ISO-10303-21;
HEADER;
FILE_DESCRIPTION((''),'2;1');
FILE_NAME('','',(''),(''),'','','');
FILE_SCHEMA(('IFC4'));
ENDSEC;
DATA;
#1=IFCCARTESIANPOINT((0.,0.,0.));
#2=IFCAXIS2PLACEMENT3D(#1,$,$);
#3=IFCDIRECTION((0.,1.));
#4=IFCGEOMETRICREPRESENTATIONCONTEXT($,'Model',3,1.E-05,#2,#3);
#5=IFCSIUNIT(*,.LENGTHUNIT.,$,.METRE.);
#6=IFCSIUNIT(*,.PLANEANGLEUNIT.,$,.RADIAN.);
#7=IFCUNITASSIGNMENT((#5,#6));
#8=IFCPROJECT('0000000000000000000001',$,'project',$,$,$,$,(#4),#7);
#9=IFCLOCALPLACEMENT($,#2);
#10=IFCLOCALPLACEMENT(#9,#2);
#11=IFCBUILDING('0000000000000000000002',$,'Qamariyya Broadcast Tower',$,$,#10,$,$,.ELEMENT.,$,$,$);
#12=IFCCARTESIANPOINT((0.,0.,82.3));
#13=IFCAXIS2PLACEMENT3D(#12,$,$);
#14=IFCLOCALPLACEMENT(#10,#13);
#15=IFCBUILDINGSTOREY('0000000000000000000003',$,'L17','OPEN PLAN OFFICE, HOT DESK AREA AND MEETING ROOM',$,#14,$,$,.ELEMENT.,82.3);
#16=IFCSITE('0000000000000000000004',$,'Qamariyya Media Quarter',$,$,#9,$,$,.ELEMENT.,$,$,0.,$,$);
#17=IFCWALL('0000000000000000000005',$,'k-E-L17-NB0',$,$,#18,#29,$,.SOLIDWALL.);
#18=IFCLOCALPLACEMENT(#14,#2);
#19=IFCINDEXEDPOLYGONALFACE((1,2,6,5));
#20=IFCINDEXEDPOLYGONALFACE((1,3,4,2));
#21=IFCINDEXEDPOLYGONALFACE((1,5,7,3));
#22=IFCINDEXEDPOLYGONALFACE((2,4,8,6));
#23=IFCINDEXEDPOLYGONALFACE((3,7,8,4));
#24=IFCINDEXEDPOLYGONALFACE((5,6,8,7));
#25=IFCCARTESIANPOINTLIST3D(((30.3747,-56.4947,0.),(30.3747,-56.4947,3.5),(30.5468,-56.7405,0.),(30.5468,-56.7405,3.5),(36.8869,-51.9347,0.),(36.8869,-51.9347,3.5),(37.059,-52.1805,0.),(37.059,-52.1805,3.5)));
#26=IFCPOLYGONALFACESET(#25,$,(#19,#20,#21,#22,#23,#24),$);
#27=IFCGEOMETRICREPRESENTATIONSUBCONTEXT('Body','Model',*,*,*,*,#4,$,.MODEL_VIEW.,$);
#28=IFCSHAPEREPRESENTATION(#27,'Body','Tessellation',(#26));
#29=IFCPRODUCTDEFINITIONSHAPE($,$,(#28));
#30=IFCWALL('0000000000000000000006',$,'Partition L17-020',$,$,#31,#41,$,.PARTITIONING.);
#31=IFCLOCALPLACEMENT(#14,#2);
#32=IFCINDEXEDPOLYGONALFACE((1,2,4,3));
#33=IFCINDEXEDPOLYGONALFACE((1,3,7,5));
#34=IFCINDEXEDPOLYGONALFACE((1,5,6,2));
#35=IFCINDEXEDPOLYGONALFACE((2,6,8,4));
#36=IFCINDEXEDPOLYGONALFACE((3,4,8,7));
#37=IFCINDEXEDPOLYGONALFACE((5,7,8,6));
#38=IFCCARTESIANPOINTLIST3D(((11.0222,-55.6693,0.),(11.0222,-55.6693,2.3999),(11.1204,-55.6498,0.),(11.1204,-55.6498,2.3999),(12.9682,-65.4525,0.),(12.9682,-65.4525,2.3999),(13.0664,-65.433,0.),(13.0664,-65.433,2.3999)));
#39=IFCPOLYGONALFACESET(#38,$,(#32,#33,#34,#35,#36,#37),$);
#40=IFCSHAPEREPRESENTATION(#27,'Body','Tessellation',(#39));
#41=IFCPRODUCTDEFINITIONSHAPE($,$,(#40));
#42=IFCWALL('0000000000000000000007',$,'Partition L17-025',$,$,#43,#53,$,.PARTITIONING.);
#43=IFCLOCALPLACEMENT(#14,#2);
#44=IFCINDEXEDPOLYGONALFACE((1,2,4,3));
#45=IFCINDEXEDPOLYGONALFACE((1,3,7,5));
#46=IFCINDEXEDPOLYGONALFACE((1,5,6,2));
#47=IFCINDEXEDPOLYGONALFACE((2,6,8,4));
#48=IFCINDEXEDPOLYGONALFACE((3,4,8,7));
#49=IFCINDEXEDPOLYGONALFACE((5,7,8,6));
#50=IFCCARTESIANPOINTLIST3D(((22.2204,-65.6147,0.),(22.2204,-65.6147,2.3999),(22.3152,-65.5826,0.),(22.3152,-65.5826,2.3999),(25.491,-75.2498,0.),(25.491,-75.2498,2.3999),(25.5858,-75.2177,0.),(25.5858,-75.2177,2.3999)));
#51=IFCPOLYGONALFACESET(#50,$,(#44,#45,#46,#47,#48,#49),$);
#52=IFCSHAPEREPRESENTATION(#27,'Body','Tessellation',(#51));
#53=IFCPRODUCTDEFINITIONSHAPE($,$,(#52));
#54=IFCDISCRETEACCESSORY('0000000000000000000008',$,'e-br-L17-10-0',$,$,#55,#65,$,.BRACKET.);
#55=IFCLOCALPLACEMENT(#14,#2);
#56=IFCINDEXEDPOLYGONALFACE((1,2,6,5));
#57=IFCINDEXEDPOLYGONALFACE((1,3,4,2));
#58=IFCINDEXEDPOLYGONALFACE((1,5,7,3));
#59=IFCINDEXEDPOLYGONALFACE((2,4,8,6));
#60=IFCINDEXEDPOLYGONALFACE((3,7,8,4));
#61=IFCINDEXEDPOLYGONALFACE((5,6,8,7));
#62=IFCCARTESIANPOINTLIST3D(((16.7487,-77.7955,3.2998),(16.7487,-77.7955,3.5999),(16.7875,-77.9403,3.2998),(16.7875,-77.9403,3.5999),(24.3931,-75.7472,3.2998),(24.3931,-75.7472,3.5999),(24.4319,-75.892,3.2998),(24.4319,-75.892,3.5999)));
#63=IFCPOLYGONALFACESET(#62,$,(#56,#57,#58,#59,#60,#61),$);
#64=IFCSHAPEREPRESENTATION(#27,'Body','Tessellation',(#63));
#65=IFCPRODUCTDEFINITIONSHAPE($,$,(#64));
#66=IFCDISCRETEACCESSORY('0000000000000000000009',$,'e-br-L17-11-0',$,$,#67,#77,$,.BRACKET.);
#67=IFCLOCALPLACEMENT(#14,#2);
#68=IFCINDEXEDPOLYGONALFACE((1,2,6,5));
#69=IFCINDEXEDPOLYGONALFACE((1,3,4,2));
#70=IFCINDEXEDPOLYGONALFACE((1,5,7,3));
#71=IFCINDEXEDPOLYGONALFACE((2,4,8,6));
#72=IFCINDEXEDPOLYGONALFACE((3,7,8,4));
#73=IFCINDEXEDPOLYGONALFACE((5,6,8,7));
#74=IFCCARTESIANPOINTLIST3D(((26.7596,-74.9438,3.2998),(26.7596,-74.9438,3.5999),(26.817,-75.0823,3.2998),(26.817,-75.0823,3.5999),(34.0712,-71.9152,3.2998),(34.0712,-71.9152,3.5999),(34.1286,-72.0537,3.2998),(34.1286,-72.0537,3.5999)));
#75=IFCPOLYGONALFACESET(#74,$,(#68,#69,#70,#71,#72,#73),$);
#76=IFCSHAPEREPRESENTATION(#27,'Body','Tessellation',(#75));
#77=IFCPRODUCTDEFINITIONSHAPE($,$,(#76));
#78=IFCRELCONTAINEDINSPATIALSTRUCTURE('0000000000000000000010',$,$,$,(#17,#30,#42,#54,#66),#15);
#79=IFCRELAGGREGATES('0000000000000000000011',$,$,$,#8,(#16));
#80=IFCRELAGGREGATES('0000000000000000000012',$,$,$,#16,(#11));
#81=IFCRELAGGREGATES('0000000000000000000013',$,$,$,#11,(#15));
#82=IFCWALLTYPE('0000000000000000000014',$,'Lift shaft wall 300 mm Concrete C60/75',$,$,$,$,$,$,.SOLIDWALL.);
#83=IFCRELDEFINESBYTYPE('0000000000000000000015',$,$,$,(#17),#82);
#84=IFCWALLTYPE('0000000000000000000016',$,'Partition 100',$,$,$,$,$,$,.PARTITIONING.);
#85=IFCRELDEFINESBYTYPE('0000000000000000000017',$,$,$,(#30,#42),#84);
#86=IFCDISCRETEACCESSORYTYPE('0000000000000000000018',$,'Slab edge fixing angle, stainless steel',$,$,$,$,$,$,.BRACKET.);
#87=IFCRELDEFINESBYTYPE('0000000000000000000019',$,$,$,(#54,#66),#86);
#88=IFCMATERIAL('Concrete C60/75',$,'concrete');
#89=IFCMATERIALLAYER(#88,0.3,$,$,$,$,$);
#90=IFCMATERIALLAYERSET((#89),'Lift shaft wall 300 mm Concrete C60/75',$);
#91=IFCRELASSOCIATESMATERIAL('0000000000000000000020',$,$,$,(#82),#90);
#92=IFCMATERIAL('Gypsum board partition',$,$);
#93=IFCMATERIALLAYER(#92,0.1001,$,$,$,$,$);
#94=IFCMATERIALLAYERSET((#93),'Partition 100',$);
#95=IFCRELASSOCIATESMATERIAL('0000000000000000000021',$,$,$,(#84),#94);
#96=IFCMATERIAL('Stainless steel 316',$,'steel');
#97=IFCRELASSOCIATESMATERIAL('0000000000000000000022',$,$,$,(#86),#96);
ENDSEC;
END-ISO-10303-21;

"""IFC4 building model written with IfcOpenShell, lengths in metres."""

from ifc_helpers import new_model, si_unit, direction, frame, frame_2d, origin, origin_2d, place, context, subcontext, project, spatial, rectangle, extrude, material, layer, layer_set, type_object, element, save


model = new_model("IFC4")

# Units and contexts
model_context = context("Model", 3, precision=1e-05, world=origin(), true_north=direction((0.0, 1.0)))
body_context = subcontext(model_context, "Body", "Model", "MODEL_VIEW")
ifc_project = project(units=[si_unit("LENGTHUNIT", "METRE"), si_unit("PLANEANGLEUNIT", "RADIAN")], contexts=[model_context])

# Site, building, storey
site_placement = place(None, origin())
site = spatial("IfcSite", under=ifc_project, at=site_placement, Name="Qamariyya Media Quarter", CompositionType="ELEMENT", RefElevation=0.0)
building_placement = place(site_placement, origin())
building = spatial("IfcBuilding", under=site, at=building_placement, Name="Qamariyya Broadcast Tower", CompositionType="ELEMENT")
storey_placement = place(building_placement, frame((0.0, 0.0, 82.3)))
storey = spatial("IfcBuildingStorey", under=building, at=storey_placement, Name="L17", Description="OPEN PLAN OFFICE, HOT DESK AREA AND MEETING ROOM", CompositionType="ELEMENT", Elevation=82.3)

# Shared definitions
ifc_material_1 = material(Name="Gypsum board partition")

# Walls
ifc_material_2 = material(Name="Concrete C60/75", Category="concrete")
ifc_layer_1 = layer(ifc_material_2, 0.3)
ifc_layer_set_1 = layer_set([ifc_layer_1], Name="Lift shaft wall 300 mm Concrete C60/75")
wall_type_1 = type_object("IfcWallType", Name="Lift shaft wall 300 mm Concrete C60/75", PredefinedType="SOLIDWALL", material=ifc_layer_set_1)
wall_1_placement = place(storey_placement, frame((30.4607, -56.6177, 0.0), z_axis=(0.0, 0.0, 1.0), x_axis=(0.819142, 0.57359, 0.0)))
element("IfcWall", 1, at=wall_1_placement, inside=storey, type_object=wall_type_1, Name="k-E-L17-NB0", PredefinedType="SOLIDWALL", context=body_context, shape_type="SweptSolid", body=[
    extrude(rectangle(XDim=7.95, YDim=0.3, at=frame_2d((3.9751, 0.0))), origin(), (0.0, 0.0, 1.0), 3.5),
])
ifc_layer_2 = layer(ifc_material_1, 0.1001)
ifc_layer_set_2 = layer_set([ifc_layer_2], Name="Partition 100")
wall_type_2 = type_object("IfcWallType", Name="Partition 100", PredefinedType="PARTITIONING", material=ifc_layer_set_2)
wall_2_placement = place(storey_placement, frame((11.0713, -55.6597, 0.0), z_axis=(0.0, 0.0, 1.0), x_axis=(0.195095, -0.980784, 0.0)))
element("IfcWall", 2, at=wall_2_placement, inside=storey, type_object=wall_type_2, Name="Partition L17-020", PredefinedType="PARTITIONING", context=body_context, shape_type="SweptSolid", body=[
    extrude(rectangle(XDim=9.9749, YDim=0.1001, at=frame_2d((4.9873, 0.0))), origin(), (0.0, 0.0, 1.0), 2.3999),
])
wall_3_placement = place(storey_placement, frame((25.5383, -75.2336, 0.0), z_axis=(0.0, 0.0, 1.0), x_axis=(-0.321427, 0.946934, 0.0)))
element("IfcWall", 3, at=wall_3_placement, inside=storey, type_object=wall_type_2, Name="Partition L17-025", PredefinedType="PARTITIONING", context=body_context, shape_type="SweptSolid", body=[
    extrude(rectangle(XDim=10.175, YDim=0.1001, at=frame_2d((5.0874, 0.0))), origin(), (0.0, 0.0, 1.0), 2.3999),
])

# Discrete accessories
ifc_material_3 = material(Name="Stainless steel 316", Category="steel")
discrete_accessory_type = type_object("IfcDiscreteAccessoryType", Name="Slab edge fixing angle, stainless steel", PredefinedType="BRACKET", material=ifc_material_3)
for number, where, z_axis, x_axis, name in (
    (4, (20.5903, -76.8438, 3.2998), (0.0, 0.0, 1.0), (0.965926, 0.258819, 0.0), "e-br-L17-10-0"),
    (5, (30.4441, -73.4988, 3.2998), (0.0, 0.0, 1.0), (0.92388, 0.382683, 0.0), "e-br-L17-11-0"),
):
    element("IfcDiscreteAccessory", number, at=place(storey_placement, frame(where, z_axis=z_axis, x_axis=x_axis)), inside=storey, type_object=discrete_accessory_type, Name=name, PredefinedType="BRACKET", context=body_context, shape_type="SweptSolid", body=[
        extrude(rectangle(XDim=7.9141, YDim=0.1499, at=origin_2d()), origin(), (0.0, 0.0, 1.0), 0.3),
    ])

save(model, "model.ifc")
